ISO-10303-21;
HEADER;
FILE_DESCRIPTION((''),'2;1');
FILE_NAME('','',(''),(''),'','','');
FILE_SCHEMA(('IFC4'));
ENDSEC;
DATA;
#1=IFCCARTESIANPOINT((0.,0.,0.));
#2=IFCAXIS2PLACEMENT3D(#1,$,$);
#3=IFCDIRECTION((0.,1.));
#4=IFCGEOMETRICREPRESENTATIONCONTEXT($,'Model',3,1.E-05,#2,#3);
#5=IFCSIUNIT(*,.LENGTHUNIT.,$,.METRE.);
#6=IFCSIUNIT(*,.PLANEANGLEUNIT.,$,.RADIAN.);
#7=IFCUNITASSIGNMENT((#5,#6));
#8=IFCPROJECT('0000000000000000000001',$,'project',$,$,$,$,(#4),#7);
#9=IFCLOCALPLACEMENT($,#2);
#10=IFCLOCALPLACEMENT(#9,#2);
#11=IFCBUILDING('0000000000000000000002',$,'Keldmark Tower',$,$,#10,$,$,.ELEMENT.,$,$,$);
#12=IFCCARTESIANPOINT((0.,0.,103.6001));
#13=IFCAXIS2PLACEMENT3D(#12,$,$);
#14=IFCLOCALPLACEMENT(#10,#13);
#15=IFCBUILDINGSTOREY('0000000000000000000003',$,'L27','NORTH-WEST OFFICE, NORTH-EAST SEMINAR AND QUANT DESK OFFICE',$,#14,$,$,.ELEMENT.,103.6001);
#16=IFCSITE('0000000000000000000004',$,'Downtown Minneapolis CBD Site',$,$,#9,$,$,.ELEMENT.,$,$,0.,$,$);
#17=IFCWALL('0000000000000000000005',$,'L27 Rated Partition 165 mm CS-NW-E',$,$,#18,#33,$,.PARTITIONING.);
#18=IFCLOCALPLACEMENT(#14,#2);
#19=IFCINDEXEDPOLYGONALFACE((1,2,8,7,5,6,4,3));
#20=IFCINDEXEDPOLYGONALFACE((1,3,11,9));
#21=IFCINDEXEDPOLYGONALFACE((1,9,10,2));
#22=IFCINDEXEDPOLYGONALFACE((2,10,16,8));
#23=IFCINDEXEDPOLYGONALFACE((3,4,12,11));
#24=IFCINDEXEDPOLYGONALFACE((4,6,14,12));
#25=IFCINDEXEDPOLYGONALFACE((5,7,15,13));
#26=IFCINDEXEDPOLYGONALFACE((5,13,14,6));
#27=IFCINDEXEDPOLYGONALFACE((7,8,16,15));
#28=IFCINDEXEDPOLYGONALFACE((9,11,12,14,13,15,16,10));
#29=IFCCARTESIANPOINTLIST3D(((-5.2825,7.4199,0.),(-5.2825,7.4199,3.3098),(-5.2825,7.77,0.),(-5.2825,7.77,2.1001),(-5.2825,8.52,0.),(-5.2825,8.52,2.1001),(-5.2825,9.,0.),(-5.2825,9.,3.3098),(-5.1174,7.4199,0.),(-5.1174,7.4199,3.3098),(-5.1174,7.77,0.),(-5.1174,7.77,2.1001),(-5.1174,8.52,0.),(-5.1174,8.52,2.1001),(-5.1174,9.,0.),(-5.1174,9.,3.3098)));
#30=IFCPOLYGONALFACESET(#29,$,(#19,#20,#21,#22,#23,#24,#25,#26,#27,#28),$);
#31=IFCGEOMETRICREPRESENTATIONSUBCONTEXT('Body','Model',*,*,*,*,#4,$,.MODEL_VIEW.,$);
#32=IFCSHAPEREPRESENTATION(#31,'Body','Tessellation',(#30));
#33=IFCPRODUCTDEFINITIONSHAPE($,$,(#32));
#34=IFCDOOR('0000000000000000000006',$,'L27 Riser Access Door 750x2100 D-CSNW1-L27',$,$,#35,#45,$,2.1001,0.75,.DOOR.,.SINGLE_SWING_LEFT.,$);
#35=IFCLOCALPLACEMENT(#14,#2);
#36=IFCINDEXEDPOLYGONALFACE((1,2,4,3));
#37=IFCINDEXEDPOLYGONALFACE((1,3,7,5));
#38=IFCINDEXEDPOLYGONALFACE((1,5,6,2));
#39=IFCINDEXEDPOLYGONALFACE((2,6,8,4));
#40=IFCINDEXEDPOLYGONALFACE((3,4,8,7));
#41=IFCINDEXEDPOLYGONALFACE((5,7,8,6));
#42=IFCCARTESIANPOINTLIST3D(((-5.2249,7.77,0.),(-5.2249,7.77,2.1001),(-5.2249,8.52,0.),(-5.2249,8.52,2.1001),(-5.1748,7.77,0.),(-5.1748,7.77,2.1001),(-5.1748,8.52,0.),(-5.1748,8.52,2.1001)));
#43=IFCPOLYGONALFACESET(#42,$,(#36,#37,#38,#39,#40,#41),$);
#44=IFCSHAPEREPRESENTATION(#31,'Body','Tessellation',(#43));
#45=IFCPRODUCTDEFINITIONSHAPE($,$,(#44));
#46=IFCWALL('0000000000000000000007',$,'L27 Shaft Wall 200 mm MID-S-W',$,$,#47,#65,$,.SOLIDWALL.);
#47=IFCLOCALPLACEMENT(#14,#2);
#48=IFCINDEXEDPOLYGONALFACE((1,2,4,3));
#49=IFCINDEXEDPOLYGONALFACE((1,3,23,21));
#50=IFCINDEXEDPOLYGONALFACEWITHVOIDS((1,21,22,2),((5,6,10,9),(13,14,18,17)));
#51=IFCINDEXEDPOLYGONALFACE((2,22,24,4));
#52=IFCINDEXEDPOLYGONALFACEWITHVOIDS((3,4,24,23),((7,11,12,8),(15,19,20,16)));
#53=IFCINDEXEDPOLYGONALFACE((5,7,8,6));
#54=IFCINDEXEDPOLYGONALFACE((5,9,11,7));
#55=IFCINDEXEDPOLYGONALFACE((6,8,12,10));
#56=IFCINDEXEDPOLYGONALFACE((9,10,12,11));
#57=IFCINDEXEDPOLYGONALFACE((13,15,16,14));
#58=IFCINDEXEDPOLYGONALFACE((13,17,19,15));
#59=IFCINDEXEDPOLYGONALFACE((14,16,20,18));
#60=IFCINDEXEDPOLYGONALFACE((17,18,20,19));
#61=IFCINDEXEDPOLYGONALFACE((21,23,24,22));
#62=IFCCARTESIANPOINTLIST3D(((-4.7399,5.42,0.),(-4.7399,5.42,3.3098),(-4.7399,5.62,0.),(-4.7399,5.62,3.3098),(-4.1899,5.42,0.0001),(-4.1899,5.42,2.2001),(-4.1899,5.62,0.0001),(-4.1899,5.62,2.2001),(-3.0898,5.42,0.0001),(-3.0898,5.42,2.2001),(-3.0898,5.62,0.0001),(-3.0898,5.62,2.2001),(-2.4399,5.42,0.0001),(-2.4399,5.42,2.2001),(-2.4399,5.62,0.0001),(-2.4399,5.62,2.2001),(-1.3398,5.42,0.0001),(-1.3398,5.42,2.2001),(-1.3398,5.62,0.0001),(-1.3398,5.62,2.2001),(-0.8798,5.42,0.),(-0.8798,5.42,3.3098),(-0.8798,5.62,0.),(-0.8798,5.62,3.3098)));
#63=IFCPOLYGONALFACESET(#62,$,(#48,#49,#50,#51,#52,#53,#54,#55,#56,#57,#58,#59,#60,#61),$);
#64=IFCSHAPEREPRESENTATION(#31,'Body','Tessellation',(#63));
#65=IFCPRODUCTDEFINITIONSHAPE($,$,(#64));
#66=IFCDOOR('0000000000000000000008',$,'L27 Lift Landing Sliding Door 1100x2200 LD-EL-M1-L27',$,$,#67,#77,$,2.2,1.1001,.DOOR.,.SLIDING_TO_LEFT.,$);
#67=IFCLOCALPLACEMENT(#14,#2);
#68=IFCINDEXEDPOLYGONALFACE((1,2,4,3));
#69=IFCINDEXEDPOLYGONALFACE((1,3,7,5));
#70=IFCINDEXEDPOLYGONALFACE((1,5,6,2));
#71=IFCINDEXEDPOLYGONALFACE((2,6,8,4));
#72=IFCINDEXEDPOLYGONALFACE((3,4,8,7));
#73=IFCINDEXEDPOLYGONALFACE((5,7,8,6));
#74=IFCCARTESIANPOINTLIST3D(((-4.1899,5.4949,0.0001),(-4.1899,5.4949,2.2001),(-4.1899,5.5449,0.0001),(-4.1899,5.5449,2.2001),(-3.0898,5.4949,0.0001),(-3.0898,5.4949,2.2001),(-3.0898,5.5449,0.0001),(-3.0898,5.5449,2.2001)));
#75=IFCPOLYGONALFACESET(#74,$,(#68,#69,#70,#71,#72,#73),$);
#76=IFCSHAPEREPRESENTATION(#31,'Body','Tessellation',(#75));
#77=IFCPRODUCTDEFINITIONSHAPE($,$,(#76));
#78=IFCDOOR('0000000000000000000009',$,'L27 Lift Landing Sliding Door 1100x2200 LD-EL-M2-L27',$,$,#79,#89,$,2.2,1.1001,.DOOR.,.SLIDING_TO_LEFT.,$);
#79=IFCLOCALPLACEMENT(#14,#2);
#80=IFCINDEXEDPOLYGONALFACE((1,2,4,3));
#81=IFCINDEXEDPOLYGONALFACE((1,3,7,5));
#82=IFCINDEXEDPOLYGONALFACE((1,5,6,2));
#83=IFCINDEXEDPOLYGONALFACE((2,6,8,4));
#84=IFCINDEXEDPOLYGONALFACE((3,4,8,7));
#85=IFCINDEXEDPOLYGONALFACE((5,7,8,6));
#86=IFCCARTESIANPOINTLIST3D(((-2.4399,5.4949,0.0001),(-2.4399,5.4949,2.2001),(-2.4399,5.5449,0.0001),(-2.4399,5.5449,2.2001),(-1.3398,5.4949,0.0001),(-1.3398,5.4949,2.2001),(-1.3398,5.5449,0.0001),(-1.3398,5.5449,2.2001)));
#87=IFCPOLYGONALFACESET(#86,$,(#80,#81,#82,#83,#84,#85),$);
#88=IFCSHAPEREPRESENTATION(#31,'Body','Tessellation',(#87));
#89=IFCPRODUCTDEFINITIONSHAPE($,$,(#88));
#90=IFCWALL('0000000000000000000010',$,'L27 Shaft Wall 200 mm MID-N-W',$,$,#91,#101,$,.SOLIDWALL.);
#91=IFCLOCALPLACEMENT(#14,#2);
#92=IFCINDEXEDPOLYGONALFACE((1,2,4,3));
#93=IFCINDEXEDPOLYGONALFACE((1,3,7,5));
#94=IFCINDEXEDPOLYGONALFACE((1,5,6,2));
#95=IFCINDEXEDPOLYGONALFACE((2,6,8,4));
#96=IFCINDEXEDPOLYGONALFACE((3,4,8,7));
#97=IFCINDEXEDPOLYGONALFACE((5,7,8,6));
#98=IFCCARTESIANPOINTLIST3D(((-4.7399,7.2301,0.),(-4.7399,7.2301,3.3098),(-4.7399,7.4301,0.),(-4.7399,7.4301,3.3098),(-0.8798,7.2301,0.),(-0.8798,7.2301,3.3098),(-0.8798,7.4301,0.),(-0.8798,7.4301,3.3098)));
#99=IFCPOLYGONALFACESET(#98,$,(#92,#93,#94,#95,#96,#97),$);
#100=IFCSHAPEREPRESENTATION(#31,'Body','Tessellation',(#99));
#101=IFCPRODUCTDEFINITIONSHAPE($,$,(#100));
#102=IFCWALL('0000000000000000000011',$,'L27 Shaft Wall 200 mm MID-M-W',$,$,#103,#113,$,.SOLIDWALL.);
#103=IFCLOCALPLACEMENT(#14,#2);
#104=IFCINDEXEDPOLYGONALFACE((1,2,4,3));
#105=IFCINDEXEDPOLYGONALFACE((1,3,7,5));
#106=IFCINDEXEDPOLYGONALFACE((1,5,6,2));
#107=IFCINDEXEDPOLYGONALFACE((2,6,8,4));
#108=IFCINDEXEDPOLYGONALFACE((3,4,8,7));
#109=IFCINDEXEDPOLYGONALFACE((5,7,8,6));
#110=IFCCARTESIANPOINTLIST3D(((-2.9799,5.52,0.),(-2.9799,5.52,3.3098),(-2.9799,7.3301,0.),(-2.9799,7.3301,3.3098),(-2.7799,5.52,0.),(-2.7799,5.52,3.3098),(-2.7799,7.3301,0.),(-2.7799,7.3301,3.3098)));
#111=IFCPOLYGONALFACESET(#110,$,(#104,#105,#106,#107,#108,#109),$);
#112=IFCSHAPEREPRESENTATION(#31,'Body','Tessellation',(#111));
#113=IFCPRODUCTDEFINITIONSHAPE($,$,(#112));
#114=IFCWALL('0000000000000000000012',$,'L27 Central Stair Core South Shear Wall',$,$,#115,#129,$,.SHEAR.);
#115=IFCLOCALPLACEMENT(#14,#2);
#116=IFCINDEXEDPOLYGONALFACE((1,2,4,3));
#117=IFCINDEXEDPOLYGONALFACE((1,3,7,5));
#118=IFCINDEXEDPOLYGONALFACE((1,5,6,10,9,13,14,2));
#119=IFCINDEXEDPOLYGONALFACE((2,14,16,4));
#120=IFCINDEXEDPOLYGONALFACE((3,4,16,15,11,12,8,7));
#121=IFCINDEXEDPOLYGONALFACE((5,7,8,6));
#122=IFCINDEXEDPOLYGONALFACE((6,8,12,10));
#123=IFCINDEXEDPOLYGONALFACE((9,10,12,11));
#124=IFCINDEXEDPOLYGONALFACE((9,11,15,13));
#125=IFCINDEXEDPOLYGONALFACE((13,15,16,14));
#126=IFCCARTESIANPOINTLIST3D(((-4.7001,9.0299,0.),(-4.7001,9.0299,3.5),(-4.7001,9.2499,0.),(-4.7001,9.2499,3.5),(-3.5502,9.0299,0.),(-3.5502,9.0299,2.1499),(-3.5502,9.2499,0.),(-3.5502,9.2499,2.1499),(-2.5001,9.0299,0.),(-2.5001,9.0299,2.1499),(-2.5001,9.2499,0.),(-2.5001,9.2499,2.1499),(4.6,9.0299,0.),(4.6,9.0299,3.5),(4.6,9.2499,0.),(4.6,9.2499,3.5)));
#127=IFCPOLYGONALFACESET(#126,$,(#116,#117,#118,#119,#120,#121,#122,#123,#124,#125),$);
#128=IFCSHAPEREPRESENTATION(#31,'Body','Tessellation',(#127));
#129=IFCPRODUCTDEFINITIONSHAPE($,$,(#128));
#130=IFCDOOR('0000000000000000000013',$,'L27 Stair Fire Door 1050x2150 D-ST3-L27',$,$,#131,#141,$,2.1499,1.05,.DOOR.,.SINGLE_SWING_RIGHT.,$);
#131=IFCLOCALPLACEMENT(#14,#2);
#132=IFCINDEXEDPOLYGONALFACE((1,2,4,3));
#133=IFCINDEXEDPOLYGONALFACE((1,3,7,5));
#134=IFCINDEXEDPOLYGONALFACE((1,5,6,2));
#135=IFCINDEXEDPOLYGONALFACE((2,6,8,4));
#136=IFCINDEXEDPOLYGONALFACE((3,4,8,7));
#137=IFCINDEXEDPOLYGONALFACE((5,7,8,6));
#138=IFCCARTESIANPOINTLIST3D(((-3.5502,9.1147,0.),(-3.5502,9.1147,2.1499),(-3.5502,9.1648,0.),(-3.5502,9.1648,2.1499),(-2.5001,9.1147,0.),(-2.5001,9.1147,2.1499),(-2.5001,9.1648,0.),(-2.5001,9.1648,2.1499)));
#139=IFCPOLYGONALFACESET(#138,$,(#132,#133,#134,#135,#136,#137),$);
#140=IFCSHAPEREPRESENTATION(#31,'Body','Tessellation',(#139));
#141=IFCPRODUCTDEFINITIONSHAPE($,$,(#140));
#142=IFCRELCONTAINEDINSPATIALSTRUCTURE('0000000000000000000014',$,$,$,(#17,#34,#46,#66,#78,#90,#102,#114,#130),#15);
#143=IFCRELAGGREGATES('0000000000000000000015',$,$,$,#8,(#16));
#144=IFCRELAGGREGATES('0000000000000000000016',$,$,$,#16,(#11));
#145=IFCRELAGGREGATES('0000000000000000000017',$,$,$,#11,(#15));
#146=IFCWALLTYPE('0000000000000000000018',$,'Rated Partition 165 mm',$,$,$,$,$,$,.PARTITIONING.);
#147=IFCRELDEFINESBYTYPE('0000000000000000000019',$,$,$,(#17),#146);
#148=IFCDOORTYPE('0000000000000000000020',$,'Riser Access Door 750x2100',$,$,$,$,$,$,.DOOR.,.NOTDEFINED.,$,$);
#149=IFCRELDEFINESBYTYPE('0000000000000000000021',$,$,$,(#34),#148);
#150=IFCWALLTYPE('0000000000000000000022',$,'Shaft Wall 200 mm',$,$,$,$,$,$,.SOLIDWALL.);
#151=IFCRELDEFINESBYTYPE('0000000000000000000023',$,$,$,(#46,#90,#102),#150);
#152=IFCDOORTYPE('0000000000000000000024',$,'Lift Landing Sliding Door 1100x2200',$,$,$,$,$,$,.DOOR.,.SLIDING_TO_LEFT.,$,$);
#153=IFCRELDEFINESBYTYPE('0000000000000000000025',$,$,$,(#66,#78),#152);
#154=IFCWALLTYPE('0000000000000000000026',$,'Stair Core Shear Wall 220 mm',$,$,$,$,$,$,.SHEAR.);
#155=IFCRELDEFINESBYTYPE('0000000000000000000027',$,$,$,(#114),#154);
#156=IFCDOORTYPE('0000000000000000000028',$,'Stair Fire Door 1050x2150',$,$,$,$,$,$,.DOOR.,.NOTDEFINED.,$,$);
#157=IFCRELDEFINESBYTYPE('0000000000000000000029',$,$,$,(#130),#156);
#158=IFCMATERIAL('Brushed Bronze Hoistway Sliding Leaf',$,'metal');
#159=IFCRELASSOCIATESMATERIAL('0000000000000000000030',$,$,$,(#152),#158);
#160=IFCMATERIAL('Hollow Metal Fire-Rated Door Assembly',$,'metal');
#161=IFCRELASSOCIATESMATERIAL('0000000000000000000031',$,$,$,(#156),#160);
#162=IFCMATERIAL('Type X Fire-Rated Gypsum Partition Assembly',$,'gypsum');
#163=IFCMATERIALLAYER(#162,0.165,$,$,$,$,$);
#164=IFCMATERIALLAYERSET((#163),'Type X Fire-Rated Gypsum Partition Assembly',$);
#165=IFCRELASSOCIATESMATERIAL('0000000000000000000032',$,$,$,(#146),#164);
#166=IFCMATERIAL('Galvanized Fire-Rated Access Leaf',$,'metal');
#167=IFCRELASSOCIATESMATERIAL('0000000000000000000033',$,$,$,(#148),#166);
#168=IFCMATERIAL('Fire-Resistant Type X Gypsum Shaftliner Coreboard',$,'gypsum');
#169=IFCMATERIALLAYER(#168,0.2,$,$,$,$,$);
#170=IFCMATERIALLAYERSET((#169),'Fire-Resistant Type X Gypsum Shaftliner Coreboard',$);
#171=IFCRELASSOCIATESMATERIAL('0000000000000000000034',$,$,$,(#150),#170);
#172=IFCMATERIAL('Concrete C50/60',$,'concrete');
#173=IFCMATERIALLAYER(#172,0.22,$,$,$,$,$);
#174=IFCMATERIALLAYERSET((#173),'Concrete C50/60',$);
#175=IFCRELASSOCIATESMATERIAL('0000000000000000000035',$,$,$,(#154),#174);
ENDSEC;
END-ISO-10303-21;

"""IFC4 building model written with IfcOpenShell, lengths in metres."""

from ifc_helpers import new_model, si_unit, direction, frame, frame_2d, origin, place, context, subcontext, project, spatial, rectangle, extrude, material, layer, layer_set, type_object, element, fill, save


model = new_model("IFC4")

# Units and contexts
model_context = context("Model", 3, precision=1e-05, world=origin(), true_north=direction((0.0, 1.0)))
body_context = subcontext(model_context, "Body", "Model", "MODEL_VIEW")
ifc_project = project(units=[si_unit("LENGTHUNIT", "METRE"), si_unit("PLANEANGLEUNIT", "RADIAN")], contexts=[model_context])

# Site, building, storey
site_placement = place(None, origin())
site = spatial("IfcSite", under=ifc_project, at=site_placement, Name="Downtown Minneapolis CBD Site", CompositionType="ELEMENT", RefElevation=0.0)
building_placement = place(site_placement, origin())
building = spatial("IfcBuilding", under=site, at=building_placement, Name="Keldmark Tower", CompositionType="ELEMENT")
storey_placement = place(building_placement, frame((0.0, 0.0, 103.6001)))
storey = spatial("IfcBuildingStorey", under=building, at=storey_placement, Name="L27", Description="NORTH-WEST OFFICE, NORTH-EAST SEMINAR AND QUANT DESK OFFICE", CompositionType="ELEMENT", Elevation=103.6001)

# Shared definitions
ifc_material_1 = material(Name="Brushed Bronze Hoistway Sliding Leaf", Category="metal")
door_type_1 = type_object("IfcDoorType", Name="Lift Landing Sliding Door 1100x2200", OperationType="SLIDING_TO_LEFT", PredefinedType="DOOR", material=ifc_material_1)
ifc_material_2 = material(Name="Hollow Metal Fire-Rated Door Assembly", Category="metal")
door_type_2 = type_object("IfcDoorType", Name="Stair Fire Door 1050x2150", OperationType="NOTDEFINED", PredefinedType="DOOR", material=ifc_material_2)

# Shared definitions
ifc_material_3 = material(Name="Type X Fire-Rated Gypsum Partition Assembly", Category="gypsum")
ifc_layer_1 = layer(ifc_material_3, 0.165)
ifc_layer_set_1 = layer_set([ifc_layer_1], Name="Type X Fire-Rated Gypsum Partition Assembly")
wall_type_1 = type_object("IfcWallType", Name="Rated Partition 165 mm", PredefinedType="PARTITIONING", material=ifc_layer_set_1)

# Wall, opening, door
wall_1_placement = place(storey_placement, frame((-5.2, 7.4199, 0.0), z_axis=(0.0, 0.0, 1.0), x_axis=(0.0, 1.0, 0.0)))
wall_1 = element("IfcWall", 1, at=wall_1_placement, inside=storey, type_object=wall_type_1, Name="L27 Rated Partition 165 mm CS-NW-E", PredefinedType="PARTITIONING", context=body_context, shape_type="SweptSolid", body=[
    extrude(rectangle(XDim=1.5801, YDim=0.165, at=frame_2d((0.79, 0.0))), origin(), (0.0, 0.0, 1.0), 3.3098),
])
opening_1_placement = place(wall_1_placement, frame((0.3501, 0.0, 0.0)))
opening_1 = element("IfcOpeningElement", 2, at=opening_1_placement, cuts=wall_1, PredefinedType="OPENING", context=body_context, shape_type="SweptSolid", body=[
    extrude(rectangle(XDim=0.75, YDim=2.1001, at=frame_2d((0.375, 1.05))), frame((0.0, 0.0925, 0.0), z_axis=(0.0, -1.0, 0.0), x_axis=(1.0, 0.0, 0.0)), (0.0, 0.0, 1.0), 0.1851),
])
ifc_material_4 = material(Name="Galvanized Fire-Rated Access Leaf", Category="metal")
door_type_3 = type_object("IfcDoorType", Name="Riser Access Door 750x2100", OperationType="NOTDEFINED", PredefinedType="DOOR", material=ifc_material_4)
door_1_placement = place(opening_1_placement, origin())
door_1 = element("IfcDoor", 3, at=door_1_placement, inside=storey, type_object=door_type_3, Name="L27 Riser Access Door 750x2100 D-CSNW1-L27", OperationType="SINGLE_SWING_LEFT", OverallHeight=2.1001, OverallWidth=0.75, PredefinedType="DOOR", context=body_context, shape_type="SweptSolid", body=[
    extrude(rectangle(XDim=0.75, YDim=2.1001, at=frame_2d((0.375, 1.05))), frame((0.0, 0.0249, 0.0), z_axis=(0.0, -1.0, 0.0), x_axis=(1.0, 0.0, 0.0)), (0.0, 0.0, 1.0), 0.05),
])
fill(opening_1, door_1)

# Wall, openings, doors
ifc_material_5 = material(Name="Fire-Resistant Type X Gypsum Shaftliner Coreboard", Category="gypsum")
ifc_layer_2 = layer(ifc_material_5, 0.2)
ifc_layer_set_2 = layer_set([ifc_layer_2], Name="Fire-Resistant Type X Gypsum Shaftliner Coreboard")
wall_type_2 = type_object("IfcWallType", Name="Shaft Wall 200 mm", PredefinedType="SOLIDWALL", material=ifc_layer_set_2)
wall_2_placement = place(storey_placement, frame((-4.74, 5.52, 0.0), z_axis=(0.0, 0.0, 1.0), x_axis=(1.0, 0.0, 0.0)))
wall_2 = element("IfcWall", 4, at=wall_2_placement, inside=storey, type_object=wall_type_2, Name="L27 Shaft Wall 200 mm MID-S-W", PredefinedType="SOLIDWALL", context=body_context, shape_type="SweptSolid", body=[
    extrude(rectangle(XDim=3.8601, YDim=0.2, at=frame_2d((1.9302, 0.0))), origin(), (0.0, 0.0, 1.0), 3.3098),
])
opening_2_placement = place(wall_2_placement, frame((0.55, 0.0, 0.0)))
opening_2 = element("IfcOpeningElement", 5, at=opening_2_placement, cuts=wall_2, PredefinedType="OPENING", context=body_context, shape_type="SweptSolid", body=[
    extrude(rectangle(XDim=1.1001, YDim=2.2, at=frame_2d((0.55, 1.1001))), frame((0.0, 0.1099, 0.0), z_axis=(0.0, -1.0, 0.0), x_axis=(1.0, 0.0, 0.0)), (0.0, 0.0, 1.0), 0.22),
])
opening_3_placement = place(wall_2_placement, frame((2.3, 0.0, 0.0)))
opening_3 = element("IfcOpeningElement", 6, at=opening_3_placement, cuts=wall_2, PredefinedType="OPENING", context=body_context, shape_type="SweptSolid", body=[
    extrude(rectangle(XDim=1.1001, YDim=2.2, at=frame_2d((0.55, 1.1001))), frame((0.0, 0.1099, 0.0), z_axis=(0.0, -1.0, 0.0), x_axis=(1.0, 0.0, 0.0)), (0.0, 0.0, 1.0), 0.22),
])
door_2_placement = place(opening_2_placement, origin())
door_2 = element("IfcDoor", 7, at=door_2_placement, inside=storey, type_object=door_type_1, Name="L27 Lift Landing Sliding Door 1100x2200 LD-EL-M1-L27", OperationType="SLIDING_TO_LEFT", OverallHeight=2.2, OverallWidth=1.1001, PredefinedType="DOOR", context=body_context, shape_type="SweptSolid", body=[
    extrude(rectangle(XDim=1.1001, YDim=2.2, at=frame_2d((0.55, 1.1001))), frame((0.0, 0.0249, 0.0), z_axis=(0.0, -1.0, 0.0), x_axis=(1.0, 0.0, 0.0)), (0.0, 0.0, 1.0), 0.05),
])
fill(opening_2, door_2)
door_3_placement = place(opening_3_placement, origin())
door_3 = element("IfcDoor", 8, at=door_3_placement, inside=storey, type_object=door_type_1, Name="L27 Lift Landing Sliding Door 1100x2200 LD-EL-M2-L27", OperationType="SLIDING_TO_LEFT", OverallHeight=2.2, OverallWidth=1.1001, PredefinedType="DOOR", context=body_context, shape_type="SweptSolid", body=[
    extrude(rectangle(XDim=1.1001, YDim=2.2, at=frame_2d((0.55, 1.1001))), frame((0.0, 0.0249, 0.0), z_axis=(0.0, -1.0, 0.0), x_axis=(1.0, 0.0, 0.0)), (0.0, 0.0, 1.0), 0.05),
])
fill(opening_3, door_3)

# Walls
wall_3_placement = place(storey_placement, frame((-4.74, 7.3301, 0.0), z_axis=(0.0, 0.0, 1.0), x_axis=(1.0, 0.0, 0.0)))
element("IfcWall", 9, at=wall_3_placement, inside=storey, type_object=wall_type_2, Name="L27 Shaft Wall 200 mm MID-N-W", PredefinedType="SOLIDWALL", context=body_context, shape_type="SweptSolid", body=[
    extrude(rectangle(XDim=3.8601, YDim=0.2, at=frame_2d((1.9302, 0.0))), origin(), (0.0, 0.0, 1.0), 3.3098),
])
wall_4_placement = place(storey_placement, frame((-2.8799, 5.52, 0.0), z_axis=(0.0, 0.0, 1.0), x_axis=(0.0, 1.0, 0.0)))
element("IfcWall", 10, at=wall_4_placement, inside=storey, type_object=wall_type_2, Name="L27 Shaft Wall 200 mm MID-M-W", PredefinedType="SOLIDWALL", context=body_context, shape_type="SweptSolid", body=[
    extrude(rectangle(XDim=1.8101, YDim=0.2, at=frame_2d((0.905, 0.0))), origin(), (0.0, 0.0, 1.0), 3.3098),
])

# Wall, opening, door
ifc_material_6 = material(Name="Concrete C50/60", Category="concrete")
ifc_layer_3 = layer(ifc_material_6, 0.22)
ifc_layer_set_3 = layer_set([ifc_layer_3], Name="Concrete C50/60")
wall_type_3 = type_object("IfcWallType", Name="Stair Core Shear Wall 220 mm", PredefinedType="SHEAR", material=ifc_layer_set_3)
wall_5_placement = place(storey_placement, frame((-4.7, 9.1399, 0.0), z_axis=(0.0, 0.0, 1.0), x_axis=(1.0, 0.0, 0.0)))
wall_5 = element("IfcWall", 11, at=wall_5_placement, inside=storey, type_object=wall_type_3, Name="L27 Central Stair Core South Shear Wall", PredefinedType="SHEAR", context=body_context, shape_type="SweptSolid", body=[
    extrude(rectangle(XDim=9.3, YDim=0.22, at=frame_2d((4.6499, 0.0))), origin(), (0.0, 0.0, 1.0), 3.5),
])
opening_4_placement = place(wall_5_placement, frame((1.1499, 0.0, 0.0)))
opening_4 = element("IfcOpeningElement", 12, at=opening_4_placement, cuts=wall_5, PredefinedType="OPENING", context=body_context, shape_type="SweptSolid", body=[
    extrude(rectangle(XDim=1.05, YDim=2.1499, at=frame_2d((0.5249, 1.075))), frame((0.0, 0.1199, 0.0), z_axis=(0.0, -1.0, 0.0), x_axis=(1.0, 0.0, 0.0)), (0.0, 0.0, 1.0), 0.24),
])
door_4_placement = place(opening_4_placement, origin())
door_4 = element("IfcDoor", 13, at=door_4_placement, inside=storey, type_object=door_type_2, Name="L27 Stair Fire Door 1050x2150 D-ST3-L27", OperationType="SINGLE_SWING_RIGHT", OverallHeight=2.1499, OverallWidth=1.05, PredefinedType="DOOR", context=body_context, shape_type="SweptSolid", body=[
    extrude(rectangle(XDim=1.05, YDim=2.1499, at=frame_2d((0.5249, 1.075))), frame((0.0, 0.0249, 0.0), z_axis=(0.0, -1.0, 0.0), x_axis=(1.0, 0.0, 0.0)), (0.0, 0.0, 1.0), 0.05),
])
fill(opening_4, door_4)

save(model, "model.ifc")
